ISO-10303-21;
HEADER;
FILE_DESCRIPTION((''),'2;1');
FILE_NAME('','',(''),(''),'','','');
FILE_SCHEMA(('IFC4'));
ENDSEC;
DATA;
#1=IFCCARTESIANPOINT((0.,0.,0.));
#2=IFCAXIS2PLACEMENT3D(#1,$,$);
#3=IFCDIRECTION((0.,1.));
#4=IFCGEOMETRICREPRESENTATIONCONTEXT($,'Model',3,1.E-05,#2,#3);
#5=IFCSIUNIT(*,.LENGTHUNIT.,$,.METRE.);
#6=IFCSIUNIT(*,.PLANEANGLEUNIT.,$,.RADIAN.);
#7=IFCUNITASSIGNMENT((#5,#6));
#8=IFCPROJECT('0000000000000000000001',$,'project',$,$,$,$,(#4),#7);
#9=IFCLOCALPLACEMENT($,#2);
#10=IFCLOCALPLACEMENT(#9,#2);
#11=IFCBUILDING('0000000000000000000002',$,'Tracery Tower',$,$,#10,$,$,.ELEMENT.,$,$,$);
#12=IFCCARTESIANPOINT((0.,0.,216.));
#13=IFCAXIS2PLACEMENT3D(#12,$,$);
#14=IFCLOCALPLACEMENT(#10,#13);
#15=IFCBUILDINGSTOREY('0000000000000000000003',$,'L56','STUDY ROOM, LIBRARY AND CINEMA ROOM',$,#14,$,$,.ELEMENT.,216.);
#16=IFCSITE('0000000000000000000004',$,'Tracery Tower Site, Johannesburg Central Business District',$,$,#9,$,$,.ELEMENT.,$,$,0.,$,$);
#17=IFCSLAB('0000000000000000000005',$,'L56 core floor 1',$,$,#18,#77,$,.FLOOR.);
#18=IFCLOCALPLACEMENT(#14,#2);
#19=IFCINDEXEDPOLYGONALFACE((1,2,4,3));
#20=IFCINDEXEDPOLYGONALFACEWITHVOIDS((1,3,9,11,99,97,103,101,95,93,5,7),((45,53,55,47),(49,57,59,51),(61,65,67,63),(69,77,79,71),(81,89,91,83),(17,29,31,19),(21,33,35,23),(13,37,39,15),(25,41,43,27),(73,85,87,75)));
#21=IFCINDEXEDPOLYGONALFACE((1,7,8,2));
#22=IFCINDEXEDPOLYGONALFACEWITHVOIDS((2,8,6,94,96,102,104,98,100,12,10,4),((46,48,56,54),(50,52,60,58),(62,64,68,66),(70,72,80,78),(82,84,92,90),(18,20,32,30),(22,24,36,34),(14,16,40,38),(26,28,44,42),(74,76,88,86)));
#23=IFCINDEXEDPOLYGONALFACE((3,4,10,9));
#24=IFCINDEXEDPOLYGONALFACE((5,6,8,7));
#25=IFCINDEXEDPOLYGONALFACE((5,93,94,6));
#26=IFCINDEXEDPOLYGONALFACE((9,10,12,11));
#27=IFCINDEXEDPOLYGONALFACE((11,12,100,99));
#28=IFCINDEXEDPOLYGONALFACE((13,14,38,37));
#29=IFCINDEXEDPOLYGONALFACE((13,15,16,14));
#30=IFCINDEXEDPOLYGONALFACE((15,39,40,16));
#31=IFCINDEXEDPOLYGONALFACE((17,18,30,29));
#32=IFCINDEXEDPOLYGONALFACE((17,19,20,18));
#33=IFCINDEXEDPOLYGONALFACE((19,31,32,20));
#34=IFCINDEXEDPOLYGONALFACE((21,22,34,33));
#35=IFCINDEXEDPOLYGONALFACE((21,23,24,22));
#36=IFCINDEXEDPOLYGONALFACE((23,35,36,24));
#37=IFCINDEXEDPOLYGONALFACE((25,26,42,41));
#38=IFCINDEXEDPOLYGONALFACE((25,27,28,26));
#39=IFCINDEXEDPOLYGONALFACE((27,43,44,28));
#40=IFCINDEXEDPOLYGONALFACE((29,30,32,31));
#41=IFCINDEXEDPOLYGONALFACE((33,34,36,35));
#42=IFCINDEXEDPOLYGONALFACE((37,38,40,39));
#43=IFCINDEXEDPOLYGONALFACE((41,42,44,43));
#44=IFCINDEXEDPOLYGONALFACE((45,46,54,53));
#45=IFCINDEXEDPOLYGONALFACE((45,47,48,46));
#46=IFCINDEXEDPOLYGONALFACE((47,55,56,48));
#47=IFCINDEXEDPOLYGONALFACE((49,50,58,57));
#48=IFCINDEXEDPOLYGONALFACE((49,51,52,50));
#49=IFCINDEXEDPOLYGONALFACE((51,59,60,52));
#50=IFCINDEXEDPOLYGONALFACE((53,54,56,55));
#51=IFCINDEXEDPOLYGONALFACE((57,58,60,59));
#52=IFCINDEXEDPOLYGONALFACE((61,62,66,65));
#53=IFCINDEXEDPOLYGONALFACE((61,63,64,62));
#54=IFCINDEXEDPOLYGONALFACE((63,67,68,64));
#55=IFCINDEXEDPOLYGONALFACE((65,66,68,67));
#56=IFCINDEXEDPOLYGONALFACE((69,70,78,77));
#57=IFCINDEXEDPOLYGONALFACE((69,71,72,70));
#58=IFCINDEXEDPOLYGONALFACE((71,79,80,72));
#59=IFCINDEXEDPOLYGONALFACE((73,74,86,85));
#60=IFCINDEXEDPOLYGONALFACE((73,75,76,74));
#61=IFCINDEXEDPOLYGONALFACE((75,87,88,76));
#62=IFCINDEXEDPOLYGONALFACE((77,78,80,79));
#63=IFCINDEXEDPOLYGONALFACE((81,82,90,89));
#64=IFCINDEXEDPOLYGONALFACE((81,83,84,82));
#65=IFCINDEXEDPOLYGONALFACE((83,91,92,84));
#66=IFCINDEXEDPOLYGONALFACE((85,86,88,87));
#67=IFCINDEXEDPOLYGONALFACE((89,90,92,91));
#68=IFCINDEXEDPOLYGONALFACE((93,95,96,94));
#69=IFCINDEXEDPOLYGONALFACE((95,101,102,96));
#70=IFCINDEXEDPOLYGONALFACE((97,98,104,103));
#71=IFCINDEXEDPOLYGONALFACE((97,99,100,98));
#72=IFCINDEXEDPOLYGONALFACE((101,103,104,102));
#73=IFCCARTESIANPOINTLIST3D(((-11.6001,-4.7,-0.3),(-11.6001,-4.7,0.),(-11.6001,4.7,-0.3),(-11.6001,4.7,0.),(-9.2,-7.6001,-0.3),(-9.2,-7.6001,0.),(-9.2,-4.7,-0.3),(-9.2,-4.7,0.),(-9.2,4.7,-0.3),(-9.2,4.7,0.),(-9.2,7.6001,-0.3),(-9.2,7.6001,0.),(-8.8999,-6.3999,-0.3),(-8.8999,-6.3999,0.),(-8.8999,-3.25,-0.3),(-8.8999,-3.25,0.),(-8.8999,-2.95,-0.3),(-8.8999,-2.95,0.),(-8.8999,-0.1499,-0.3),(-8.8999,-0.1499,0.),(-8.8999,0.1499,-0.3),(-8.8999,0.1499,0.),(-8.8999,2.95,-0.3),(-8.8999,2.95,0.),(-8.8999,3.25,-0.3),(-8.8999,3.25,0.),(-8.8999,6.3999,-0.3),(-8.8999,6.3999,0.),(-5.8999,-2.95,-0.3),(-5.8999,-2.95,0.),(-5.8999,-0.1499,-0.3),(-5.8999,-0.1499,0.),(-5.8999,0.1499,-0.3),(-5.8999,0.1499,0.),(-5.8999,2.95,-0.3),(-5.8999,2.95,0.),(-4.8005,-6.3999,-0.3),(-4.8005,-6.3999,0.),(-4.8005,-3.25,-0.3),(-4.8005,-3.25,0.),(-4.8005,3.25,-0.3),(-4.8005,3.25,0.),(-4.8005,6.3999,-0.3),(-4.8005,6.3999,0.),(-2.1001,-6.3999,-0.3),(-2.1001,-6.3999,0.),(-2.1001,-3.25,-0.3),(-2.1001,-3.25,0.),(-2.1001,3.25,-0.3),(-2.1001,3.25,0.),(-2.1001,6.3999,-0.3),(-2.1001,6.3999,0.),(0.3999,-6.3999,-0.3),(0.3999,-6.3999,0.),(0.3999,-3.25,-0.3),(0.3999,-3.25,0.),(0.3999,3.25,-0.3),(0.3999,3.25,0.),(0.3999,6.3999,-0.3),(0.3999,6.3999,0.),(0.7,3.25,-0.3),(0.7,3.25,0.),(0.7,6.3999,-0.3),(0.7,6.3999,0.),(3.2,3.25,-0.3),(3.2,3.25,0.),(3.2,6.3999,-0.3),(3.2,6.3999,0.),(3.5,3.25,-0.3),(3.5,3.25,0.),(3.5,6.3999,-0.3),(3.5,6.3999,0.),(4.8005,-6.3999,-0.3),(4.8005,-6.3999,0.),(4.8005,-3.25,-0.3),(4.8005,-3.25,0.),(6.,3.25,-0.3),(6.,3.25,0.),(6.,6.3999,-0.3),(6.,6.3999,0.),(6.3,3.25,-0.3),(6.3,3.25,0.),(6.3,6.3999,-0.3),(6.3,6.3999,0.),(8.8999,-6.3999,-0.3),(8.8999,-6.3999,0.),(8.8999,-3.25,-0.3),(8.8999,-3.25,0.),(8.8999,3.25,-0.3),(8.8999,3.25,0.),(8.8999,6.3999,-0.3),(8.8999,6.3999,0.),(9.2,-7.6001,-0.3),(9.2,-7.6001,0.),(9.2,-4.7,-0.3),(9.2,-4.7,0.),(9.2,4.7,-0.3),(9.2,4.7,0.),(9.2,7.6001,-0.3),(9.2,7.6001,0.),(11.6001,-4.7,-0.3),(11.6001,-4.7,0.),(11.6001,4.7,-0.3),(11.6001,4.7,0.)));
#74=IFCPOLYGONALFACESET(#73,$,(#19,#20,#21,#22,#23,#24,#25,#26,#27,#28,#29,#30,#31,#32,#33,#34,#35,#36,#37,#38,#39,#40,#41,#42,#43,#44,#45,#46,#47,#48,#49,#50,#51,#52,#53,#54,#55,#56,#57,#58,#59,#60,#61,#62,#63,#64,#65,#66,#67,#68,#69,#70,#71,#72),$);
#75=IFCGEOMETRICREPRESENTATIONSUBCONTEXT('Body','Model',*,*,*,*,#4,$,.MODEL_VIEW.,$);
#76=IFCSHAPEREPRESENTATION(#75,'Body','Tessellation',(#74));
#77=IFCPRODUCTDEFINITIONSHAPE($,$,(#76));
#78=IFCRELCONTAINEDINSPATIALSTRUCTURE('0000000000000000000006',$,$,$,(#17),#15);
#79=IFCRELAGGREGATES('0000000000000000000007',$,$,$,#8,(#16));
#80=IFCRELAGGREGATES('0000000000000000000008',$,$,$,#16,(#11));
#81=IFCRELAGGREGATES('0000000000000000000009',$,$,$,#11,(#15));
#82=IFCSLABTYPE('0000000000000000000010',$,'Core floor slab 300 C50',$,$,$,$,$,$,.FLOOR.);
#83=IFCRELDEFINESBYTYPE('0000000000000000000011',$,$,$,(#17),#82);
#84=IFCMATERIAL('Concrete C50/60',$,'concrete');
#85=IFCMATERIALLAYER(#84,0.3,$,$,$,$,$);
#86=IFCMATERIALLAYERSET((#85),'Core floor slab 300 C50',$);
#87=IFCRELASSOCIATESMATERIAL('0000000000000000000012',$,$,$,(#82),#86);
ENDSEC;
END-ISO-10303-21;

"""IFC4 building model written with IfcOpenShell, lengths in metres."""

from ifc_helpers import new_model, si_unit, direction, frame, origin, place, context, subcontext, project, spatial, polyline, outline, extrude, material, layer, layer_set, type_object, element, save


model = new_model("IFC4")

# Units and contexts
model_context = context("Model", 3, precision=1e-05, world=origin(), true_north=direction((0.0, 1.0)))
body_context = subcontext(model_context, "Body", "Model", "MODEL_VIEW")
ifc_project = project(units=[si_unit("LENGTHUNIT", "METRE"), si_unit("PLANEANGLEUNIT", "RADIAN")], contexts=[model_context])

# Site, building, storey
site_placement = place(None, origin())
site = spatial("IfcSite", under=ifc_project, at=site_placement, Name="Tracery Tower Site, Johannesburg Central Business District", CompositionType="ELEMENT", RefElevation=0.0)
building_placement = place(site_placement, origin())
building = spatial("IfcBuilding", under=site, at=building_placement, Name="Tracery Tower", CompositionType="ELEMENT")
storey_placement = place(building_placement, frame((0.0, 0.0, 216.0)))
storey = spatial("IfcBuildingStorey", under=building, at=storey_placement, Name="L56", Description="STUDY ROOM, LIBRARY AND CINEMA ROOM", CompositionType="ELEMENT", Elevation=216.0)

# Slab
ifc_material_1 = material(Name="Concrete C50/60", Category="concrete")
ifc_layer_1 = layer(ifc_material_1, 0.3)
ifc_layer_set_1 = layer_set([ifc_layer_1], Name="Core floor slab 300 C50")
slab_type_1 = type_object("IfcSlabType", Name="Core floor slab 300 C50", PredefinedType="FLOOR", material=ifc_layer_set_1)
slab_1_placement = place(storey_placement, frame((0.0, 0.0, -0.3)))
element("IfcSlab", 1, at=slab_1_placement, inside=storey, type_object=slab_type_1, Name="L56 core floor 1", PredefinedType="FLOOR", context=body_context, shape_type="SweptSolid", body=[
    extrude(outline(polyline([(-9.2, 7.6001), (9.2, 7.6001), (9.2, 4.7), (11.6001, 4.7), (11.6001, -4.7), (9.2, -4.7), (9.2, -7.6001), (-9.2, -7.6001), (-9.2, -4.7), (-11.6001, -4.7), (-11.6001, 4.7), (-9.2, 4.7), (-9.2, 7.6001)]), holes=[polyline([(4.8005, -6.3999), (8.8999, -6.3999), (8.8999, -3.25), (4.8005, -3.25), (4.8005, -6.3999)]), polyline([(8.8999, 3.25), (8.8999, 6.3999), (6.3, 6.3999), (6.3, 3.25), (8.8999, 3.25)]), polyline([(6.0, 3.25), (6.0, 6.3999), (3.5, 6.3999), (3.5, 3.25), (6.0, 3.25)]), polyline([(3.2, 3.25), (3.2, 6.3999), (0.7, 6.3999), (0.7, 3.25), (3.2, 3.25)]), polyline([(-2.1001, 3.25), (0.3999, 3.25), (0.3999, 6.3999), (-2.1001, 6.3999), (-2.1001, 3.25)]), polyline([(0.3999, -6.3999), (0.3999, -3.25), (-2.1001, -3.25), (-2.1001, -6.3999), (0.3999, -6.3999)]), polyline([(-4.8005, -3.25), (-8.8999, -3.25), (-8.8999, -6.3999), (-4.8005, -6.3999), (-4.8005, -3.25)]), polyline([(-4.8005, 6.3999), (-8.8999, 6.3999), (-8.8999, 3.25), (-4.8005, 3.25), (-4.8005, 6.3999)]), polyline([(-5.8999, -2.95), (-5.8999, -0.1499), (-8.8999, -0.1499), (-8.8999, -2.95), (-5.8999, -2.95)]), polyline([(-5.8999, 0.1499), (-5.8999, 2.95), (-8.8999, 2.95), (-8.8999, 0.1499), (-5.8999, 0.1499)])]), origin(), (0.0, 0.0, 1.0), 0.3),
])

save(model, "model.ifc")
